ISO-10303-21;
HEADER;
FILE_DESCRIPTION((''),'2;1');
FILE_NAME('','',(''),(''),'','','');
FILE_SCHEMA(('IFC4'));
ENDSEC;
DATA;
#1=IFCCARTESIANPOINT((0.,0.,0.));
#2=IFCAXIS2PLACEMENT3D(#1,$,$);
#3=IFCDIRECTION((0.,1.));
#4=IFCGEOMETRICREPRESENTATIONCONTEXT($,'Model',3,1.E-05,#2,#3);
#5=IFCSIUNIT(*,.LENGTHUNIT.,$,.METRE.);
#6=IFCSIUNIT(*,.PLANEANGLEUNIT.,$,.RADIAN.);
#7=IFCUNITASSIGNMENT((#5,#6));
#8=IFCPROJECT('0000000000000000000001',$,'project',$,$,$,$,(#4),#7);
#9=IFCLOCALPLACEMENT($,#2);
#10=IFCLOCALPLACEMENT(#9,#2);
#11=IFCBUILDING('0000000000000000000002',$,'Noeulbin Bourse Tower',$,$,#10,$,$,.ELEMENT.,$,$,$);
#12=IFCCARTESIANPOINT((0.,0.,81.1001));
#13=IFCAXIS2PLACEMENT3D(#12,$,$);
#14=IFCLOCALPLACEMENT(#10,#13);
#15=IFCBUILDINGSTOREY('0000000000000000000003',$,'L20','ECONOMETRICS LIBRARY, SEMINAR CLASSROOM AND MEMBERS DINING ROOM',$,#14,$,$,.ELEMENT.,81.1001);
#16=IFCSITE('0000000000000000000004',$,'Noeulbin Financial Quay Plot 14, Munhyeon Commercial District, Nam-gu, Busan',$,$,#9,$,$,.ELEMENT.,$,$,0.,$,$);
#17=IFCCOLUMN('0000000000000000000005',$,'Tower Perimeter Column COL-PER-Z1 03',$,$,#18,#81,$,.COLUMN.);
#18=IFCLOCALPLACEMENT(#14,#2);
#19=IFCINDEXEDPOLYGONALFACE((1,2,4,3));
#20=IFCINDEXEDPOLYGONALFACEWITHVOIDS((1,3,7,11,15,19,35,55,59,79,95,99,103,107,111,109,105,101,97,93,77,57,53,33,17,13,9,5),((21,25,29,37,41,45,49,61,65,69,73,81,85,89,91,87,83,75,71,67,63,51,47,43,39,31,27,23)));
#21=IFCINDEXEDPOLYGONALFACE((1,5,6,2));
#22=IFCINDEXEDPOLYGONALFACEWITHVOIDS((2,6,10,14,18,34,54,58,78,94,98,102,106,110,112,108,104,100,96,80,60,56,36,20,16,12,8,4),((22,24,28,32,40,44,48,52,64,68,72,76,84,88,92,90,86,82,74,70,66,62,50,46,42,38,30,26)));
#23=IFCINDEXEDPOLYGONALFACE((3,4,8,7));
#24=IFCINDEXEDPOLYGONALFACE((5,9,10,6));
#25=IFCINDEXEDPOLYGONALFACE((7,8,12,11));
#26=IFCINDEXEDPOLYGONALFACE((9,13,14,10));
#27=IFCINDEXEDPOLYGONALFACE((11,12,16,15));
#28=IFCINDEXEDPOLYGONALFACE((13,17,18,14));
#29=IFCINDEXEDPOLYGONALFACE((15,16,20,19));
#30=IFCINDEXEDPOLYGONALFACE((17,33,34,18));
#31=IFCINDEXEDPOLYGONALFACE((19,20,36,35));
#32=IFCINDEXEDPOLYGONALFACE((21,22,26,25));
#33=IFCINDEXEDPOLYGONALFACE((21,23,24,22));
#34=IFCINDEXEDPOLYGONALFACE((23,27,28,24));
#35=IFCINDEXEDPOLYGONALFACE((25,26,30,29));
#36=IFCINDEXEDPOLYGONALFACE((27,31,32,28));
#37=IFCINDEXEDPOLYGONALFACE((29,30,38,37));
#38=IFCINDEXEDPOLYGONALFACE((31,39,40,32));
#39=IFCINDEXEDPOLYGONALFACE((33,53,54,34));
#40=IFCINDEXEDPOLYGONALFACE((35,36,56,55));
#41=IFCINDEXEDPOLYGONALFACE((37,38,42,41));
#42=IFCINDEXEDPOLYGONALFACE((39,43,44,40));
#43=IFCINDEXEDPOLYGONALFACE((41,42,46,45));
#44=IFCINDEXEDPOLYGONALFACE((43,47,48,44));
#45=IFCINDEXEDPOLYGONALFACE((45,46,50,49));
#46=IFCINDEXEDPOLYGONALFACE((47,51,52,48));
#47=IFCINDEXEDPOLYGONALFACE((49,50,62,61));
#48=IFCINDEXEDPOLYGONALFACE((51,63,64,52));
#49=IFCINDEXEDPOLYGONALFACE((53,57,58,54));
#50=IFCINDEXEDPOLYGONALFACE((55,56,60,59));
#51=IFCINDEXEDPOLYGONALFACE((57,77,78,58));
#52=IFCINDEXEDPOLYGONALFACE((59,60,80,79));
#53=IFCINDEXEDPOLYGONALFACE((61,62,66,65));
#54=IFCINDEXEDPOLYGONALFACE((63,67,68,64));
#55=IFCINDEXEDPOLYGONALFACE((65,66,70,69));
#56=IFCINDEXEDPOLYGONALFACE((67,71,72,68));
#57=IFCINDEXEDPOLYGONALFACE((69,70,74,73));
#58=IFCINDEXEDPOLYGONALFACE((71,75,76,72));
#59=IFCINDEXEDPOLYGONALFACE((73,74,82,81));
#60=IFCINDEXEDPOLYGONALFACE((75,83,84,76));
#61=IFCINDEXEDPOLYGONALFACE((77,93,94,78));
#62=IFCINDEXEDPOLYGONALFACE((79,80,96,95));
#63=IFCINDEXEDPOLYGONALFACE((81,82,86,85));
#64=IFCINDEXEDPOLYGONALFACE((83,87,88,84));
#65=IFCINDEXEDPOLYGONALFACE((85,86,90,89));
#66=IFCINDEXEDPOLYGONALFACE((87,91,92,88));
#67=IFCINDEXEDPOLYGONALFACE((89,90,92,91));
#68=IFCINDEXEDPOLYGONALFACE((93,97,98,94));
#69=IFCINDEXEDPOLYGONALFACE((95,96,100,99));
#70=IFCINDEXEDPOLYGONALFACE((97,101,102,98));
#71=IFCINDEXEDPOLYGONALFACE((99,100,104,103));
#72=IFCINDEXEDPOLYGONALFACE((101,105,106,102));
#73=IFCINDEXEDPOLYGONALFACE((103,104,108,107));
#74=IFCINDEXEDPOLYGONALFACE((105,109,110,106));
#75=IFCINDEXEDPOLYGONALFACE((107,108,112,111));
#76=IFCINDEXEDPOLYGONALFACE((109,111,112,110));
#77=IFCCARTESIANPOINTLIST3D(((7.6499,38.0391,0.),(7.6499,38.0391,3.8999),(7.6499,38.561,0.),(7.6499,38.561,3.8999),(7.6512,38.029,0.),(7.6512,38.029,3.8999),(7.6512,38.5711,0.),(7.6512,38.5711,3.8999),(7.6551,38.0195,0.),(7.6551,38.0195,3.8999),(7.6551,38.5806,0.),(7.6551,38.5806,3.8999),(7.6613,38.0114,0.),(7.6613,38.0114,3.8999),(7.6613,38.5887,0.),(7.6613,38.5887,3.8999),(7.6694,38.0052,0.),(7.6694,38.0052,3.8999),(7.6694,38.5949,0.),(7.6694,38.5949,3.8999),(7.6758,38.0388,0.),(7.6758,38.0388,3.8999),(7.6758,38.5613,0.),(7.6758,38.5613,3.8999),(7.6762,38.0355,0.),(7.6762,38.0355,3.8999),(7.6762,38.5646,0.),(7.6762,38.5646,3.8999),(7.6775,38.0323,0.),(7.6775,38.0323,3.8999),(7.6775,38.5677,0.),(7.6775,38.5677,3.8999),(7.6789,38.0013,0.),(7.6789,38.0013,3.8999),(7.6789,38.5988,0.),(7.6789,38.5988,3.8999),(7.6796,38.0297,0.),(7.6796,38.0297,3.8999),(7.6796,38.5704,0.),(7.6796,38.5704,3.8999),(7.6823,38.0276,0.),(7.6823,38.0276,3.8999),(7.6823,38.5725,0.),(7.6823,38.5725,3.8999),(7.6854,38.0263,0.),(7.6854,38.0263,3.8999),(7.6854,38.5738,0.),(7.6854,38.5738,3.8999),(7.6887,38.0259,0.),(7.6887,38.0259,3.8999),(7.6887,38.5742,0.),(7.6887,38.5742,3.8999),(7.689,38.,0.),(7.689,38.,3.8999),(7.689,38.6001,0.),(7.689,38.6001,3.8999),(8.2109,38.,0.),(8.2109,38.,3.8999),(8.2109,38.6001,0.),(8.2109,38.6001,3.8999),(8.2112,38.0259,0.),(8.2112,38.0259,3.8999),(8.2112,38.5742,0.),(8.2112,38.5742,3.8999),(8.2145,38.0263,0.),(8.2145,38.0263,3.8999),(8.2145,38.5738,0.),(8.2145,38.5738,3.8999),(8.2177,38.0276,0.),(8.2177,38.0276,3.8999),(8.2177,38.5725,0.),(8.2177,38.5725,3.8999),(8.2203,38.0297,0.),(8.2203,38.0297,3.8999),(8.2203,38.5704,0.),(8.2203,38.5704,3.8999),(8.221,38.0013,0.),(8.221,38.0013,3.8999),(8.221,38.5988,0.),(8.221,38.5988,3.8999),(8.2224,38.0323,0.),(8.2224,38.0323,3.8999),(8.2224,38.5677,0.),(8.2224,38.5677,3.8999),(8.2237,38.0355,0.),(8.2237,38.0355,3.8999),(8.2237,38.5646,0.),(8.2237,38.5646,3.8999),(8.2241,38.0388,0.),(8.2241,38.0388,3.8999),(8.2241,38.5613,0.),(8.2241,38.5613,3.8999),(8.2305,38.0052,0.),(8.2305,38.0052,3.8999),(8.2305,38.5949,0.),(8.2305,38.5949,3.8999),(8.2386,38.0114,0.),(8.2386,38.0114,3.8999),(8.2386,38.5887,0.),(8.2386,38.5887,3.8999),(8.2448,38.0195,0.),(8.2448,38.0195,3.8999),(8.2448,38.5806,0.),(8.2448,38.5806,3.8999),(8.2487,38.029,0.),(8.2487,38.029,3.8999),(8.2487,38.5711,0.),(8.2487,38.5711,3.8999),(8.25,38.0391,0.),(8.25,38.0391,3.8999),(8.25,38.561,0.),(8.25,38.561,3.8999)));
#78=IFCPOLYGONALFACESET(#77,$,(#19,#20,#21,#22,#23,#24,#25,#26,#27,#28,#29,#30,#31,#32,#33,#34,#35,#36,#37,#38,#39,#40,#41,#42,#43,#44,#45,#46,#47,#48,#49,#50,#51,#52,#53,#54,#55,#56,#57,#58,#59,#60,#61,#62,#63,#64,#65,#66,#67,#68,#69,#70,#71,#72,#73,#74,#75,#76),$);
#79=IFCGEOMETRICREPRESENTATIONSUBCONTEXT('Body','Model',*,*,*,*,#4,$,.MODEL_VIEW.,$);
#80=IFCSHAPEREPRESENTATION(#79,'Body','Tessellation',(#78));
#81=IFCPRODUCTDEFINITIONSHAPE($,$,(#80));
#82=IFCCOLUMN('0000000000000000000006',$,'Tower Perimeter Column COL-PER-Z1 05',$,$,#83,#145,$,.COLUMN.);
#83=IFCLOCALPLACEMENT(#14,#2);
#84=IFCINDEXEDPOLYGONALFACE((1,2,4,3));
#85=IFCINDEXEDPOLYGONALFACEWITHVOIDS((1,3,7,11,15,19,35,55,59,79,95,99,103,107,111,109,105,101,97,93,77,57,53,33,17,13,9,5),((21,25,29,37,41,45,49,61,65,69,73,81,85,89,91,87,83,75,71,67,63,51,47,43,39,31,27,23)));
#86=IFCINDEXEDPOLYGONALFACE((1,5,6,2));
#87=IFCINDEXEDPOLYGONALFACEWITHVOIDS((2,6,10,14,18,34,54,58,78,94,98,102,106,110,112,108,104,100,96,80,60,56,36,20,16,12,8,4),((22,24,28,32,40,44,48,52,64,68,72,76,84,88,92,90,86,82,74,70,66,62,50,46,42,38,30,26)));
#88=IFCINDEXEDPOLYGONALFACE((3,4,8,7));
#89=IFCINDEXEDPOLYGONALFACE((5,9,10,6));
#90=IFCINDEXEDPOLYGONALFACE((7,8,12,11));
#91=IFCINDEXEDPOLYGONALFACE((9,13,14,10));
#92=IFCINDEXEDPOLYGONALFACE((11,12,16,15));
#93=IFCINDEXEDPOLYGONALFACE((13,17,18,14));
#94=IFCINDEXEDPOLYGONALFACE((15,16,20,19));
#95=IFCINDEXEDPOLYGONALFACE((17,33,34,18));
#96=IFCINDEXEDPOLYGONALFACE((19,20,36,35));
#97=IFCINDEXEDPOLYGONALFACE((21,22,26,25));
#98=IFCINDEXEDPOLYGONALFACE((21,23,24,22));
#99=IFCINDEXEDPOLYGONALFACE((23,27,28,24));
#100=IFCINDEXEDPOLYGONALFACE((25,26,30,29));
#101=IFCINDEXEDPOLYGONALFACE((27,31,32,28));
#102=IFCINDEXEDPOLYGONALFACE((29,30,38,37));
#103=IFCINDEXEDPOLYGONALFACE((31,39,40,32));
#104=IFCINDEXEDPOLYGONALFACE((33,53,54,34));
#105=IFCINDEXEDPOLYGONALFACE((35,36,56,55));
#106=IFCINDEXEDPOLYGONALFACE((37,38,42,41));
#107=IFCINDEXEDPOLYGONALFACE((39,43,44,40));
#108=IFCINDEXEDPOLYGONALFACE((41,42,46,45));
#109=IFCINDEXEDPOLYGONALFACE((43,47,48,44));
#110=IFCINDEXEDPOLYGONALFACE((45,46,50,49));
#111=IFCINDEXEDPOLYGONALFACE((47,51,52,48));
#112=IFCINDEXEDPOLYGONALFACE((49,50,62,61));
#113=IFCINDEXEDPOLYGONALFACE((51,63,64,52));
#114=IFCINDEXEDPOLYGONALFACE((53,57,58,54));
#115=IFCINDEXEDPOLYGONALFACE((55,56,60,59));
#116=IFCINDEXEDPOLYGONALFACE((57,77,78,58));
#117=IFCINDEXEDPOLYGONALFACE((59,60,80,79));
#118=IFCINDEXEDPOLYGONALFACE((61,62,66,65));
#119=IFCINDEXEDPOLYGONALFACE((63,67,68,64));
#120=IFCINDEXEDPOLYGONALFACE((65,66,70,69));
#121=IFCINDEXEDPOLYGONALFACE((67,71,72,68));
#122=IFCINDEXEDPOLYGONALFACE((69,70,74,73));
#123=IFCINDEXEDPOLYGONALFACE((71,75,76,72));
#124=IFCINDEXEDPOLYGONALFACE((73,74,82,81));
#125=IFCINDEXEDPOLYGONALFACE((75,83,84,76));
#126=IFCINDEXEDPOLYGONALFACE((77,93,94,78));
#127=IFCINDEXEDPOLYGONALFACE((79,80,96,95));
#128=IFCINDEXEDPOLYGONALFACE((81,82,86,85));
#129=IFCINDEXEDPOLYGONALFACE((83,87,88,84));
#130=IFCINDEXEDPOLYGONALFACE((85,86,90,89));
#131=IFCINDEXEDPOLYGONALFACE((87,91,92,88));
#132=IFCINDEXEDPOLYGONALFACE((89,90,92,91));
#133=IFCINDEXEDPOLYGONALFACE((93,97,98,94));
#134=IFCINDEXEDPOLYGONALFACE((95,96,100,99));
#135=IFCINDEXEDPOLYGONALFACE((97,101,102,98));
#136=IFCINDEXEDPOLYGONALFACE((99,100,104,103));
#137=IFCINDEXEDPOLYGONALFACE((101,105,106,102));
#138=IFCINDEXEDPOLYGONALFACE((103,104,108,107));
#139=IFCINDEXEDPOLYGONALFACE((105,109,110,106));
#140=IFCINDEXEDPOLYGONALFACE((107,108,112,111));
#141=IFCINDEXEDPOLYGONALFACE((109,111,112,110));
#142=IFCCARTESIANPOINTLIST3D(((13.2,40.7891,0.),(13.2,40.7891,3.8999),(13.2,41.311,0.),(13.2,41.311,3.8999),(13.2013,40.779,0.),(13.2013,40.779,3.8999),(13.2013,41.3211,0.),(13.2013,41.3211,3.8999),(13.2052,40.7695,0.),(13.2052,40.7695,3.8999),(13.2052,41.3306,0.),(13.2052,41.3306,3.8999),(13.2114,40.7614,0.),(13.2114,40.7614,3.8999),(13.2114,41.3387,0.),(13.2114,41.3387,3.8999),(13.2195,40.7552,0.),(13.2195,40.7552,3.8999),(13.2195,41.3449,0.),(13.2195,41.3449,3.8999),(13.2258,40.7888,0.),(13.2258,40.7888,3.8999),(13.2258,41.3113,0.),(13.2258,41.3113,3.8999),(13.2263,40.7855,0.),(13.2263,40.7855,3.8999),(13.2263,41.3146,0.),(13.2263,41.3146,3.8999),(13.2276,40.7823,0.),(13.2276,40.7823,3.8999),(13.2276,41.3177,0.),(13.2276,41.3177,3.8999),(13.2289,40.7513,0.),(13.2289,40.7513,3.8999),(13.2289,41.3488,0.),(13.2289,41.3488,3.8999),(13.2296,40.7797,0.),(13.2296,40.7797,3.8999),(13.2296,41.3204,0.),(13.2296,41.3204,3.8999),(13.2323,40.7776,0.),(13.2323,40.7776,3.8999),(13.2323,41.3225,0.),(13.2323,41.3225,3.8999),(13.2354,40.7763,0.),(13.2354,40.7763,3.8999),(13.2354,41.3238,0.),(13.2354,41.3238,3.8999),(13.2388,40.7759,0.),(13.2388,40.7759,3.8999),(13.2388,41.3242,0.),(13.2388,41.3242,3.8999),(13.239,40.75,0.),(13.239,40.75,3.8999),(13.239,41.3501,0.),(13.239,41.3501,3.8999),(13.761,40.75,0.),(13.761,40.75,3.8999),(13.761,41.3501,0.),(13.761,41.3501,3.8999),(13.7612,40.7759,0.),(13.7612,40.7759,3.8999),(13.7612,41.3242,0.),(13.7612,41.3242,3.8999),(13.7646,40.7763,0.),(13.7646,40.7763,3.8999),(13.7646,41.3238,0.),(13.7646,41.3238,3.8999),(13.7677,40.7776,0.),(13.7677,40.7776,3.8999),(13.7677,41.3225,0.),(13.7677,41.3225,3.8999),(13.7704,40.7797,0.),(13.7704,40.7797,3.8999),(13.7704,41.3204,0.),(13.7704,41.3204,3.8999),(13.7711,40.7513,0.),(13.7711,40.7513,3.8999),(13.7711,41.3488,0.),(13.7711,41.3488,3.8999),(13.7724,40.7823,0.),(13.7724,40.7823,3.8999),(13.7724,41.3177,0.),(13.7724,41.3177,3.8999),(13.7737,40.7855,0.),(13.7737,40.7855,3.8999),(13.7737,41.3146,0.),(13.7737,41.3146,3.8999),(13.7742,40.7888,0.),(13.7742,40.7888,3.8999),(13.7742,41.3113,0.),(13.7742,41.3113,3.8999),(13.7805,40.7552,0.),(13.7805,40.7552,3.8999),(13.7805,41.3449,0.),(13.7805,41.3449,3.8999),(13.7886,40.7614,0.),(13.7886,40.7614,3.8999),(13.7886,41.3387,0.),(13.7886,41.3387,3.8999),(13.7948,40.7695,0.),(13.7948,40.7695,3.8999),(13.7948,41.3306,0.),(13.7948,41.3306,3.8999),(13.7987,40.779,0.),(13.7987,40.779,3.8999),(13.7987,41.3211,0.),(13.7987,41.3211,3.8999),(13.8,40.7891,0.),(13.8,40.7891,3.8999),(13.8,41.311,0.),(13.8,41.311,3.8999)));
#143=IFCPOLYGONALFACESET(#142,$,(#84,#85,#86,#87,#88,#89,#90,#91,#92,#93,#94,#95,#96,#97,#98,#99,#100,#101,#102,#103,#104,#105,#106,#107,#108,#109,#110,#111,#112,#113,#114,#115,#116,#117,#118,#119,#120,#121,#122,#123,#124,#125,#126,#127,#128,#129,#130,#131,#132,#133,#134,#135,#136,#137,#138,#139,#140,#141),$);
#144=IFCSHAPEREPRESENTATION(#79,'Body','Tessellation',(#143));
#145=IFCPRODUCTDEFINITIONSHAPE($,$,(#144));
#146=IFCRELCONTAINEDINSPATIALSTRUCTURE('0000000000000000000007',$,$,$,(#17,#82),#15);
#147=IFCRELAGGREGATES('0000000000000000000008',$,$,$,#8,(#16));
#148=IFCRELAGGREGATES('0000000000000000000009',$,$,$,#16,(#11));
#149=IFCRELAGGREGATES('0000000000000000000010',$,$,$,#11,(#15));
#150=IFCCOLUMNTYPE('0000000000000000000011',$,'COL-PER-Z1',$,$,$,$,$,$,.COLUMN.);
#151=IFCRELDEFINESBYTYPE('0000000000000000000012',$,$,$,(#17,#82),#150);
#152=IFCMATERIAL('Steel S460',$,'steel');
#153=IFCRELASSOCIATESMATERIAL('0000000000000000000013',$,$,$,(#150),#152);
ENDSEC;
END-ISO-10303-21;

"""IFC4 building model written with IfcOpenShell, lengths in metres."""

from ifc_helpers import new_model, si_unit, direction, frame, origin, origin_2d, place, context, subcontext, project, spatial, hollow_rectangle, extrude, material, material_profile, profile_set, type_object, element, save


model = new_model("IFC4")

# Units and contexts
model_context = context("Model", 3, precision=1e-05, world=origin(), true_north=direction((0.0, 1.0)))
body_context = subcontext(model_context, "Body", "Model", "MODEL_VIEW")
ifc_project = project(units=[si_unit("LENGTHUNIT", "METRE"), si_unit("PLANEANGLEUNIT", "RADIAN")], contexts=[model_context])

# Site, building, storey
site_placement = place(None, origin())
site = spatial("IfcSite", under=ifc_project, at=site_placement, Name="Noeulbin Financial Quay Plot 14, Munhyeon Commercial District, Nam-gu, Busan", CompositionType="ELEMENT", RefElevation=0.0)
building_placement = place(site_placement, origin())
building = spatial("IfcBuilding", under=site, at=building_placement, Name="Noeulbin Bourse Tower", CompositionType="ELEMENT")
storey_placement = place(building_placement, frame((0.0, 0.0, 81.1001)))
storey = spatial("IfcBuildingStorey", under=building, at=storey_placement, Name="L20", Description="ECONOMETRICS LIBRARY, SEMINAR CLASSROOM AND MEMBERS DINING ROOM", CompositionType="ELEMENT", Elevation=81.1001)

# Columns
ifc_material_1 = material(Name="Steel S460", Category="steel")
ifc_material_profile_1 = material_profile(ifc_material_1, hollow_rectangle(XDim=0.6001, YDim=0.6001, WallThickness=0.0259, InnerFilletRadius=0.0129, OuterFilletRadius=0.0391, at=origin_2d()), Name="BOX-600x600x26", Category="LoadBearing")
ifc_profile_set_1 = profile_set([ifc_material_profile_1], Name="Steel S460")
column_type_1 = type_object("IfcColumnType", Name="COL-PER-Z1", PredefinedType="COLUMN", material=ifc_profile_set_1)
for number, where, z_axis, x_axis, name in (
    (1, (7.95, 38.3, 0.0), (0.0, 0.0, 1.0), (1.0, 0.0, 0.0), "Tower Perimeter Column COL-PER-Z1 03"),
    (2, (13.5, 41.05, 0.0), (0.0, 0.0, 1.0), (1.0, 0.0, 0.0), "Tower Perimeter Column COL-PER-Z1 05"),
):
    element("IfcColumn", number, at=place(storey_placement, frame(where, z_axis=z_axis, x_axis=x_axis)), inside=storey, type_object=column_type_1, Name=name, PredefinedType="COLUMN", context=body_context, shape_type="SweptSolid", body=[
        extrude(hollow_rectangle(XDim=0.6001, YDim=0.6001, WallThickness=0.0259, InnerFilletRadius=0.0129, OuterFilletRadius=0.0391, at=origin_2d()), origin(), (0.0, 0.0, 1.0), 3.8999),
    ])

save(model, "model.ifc")
